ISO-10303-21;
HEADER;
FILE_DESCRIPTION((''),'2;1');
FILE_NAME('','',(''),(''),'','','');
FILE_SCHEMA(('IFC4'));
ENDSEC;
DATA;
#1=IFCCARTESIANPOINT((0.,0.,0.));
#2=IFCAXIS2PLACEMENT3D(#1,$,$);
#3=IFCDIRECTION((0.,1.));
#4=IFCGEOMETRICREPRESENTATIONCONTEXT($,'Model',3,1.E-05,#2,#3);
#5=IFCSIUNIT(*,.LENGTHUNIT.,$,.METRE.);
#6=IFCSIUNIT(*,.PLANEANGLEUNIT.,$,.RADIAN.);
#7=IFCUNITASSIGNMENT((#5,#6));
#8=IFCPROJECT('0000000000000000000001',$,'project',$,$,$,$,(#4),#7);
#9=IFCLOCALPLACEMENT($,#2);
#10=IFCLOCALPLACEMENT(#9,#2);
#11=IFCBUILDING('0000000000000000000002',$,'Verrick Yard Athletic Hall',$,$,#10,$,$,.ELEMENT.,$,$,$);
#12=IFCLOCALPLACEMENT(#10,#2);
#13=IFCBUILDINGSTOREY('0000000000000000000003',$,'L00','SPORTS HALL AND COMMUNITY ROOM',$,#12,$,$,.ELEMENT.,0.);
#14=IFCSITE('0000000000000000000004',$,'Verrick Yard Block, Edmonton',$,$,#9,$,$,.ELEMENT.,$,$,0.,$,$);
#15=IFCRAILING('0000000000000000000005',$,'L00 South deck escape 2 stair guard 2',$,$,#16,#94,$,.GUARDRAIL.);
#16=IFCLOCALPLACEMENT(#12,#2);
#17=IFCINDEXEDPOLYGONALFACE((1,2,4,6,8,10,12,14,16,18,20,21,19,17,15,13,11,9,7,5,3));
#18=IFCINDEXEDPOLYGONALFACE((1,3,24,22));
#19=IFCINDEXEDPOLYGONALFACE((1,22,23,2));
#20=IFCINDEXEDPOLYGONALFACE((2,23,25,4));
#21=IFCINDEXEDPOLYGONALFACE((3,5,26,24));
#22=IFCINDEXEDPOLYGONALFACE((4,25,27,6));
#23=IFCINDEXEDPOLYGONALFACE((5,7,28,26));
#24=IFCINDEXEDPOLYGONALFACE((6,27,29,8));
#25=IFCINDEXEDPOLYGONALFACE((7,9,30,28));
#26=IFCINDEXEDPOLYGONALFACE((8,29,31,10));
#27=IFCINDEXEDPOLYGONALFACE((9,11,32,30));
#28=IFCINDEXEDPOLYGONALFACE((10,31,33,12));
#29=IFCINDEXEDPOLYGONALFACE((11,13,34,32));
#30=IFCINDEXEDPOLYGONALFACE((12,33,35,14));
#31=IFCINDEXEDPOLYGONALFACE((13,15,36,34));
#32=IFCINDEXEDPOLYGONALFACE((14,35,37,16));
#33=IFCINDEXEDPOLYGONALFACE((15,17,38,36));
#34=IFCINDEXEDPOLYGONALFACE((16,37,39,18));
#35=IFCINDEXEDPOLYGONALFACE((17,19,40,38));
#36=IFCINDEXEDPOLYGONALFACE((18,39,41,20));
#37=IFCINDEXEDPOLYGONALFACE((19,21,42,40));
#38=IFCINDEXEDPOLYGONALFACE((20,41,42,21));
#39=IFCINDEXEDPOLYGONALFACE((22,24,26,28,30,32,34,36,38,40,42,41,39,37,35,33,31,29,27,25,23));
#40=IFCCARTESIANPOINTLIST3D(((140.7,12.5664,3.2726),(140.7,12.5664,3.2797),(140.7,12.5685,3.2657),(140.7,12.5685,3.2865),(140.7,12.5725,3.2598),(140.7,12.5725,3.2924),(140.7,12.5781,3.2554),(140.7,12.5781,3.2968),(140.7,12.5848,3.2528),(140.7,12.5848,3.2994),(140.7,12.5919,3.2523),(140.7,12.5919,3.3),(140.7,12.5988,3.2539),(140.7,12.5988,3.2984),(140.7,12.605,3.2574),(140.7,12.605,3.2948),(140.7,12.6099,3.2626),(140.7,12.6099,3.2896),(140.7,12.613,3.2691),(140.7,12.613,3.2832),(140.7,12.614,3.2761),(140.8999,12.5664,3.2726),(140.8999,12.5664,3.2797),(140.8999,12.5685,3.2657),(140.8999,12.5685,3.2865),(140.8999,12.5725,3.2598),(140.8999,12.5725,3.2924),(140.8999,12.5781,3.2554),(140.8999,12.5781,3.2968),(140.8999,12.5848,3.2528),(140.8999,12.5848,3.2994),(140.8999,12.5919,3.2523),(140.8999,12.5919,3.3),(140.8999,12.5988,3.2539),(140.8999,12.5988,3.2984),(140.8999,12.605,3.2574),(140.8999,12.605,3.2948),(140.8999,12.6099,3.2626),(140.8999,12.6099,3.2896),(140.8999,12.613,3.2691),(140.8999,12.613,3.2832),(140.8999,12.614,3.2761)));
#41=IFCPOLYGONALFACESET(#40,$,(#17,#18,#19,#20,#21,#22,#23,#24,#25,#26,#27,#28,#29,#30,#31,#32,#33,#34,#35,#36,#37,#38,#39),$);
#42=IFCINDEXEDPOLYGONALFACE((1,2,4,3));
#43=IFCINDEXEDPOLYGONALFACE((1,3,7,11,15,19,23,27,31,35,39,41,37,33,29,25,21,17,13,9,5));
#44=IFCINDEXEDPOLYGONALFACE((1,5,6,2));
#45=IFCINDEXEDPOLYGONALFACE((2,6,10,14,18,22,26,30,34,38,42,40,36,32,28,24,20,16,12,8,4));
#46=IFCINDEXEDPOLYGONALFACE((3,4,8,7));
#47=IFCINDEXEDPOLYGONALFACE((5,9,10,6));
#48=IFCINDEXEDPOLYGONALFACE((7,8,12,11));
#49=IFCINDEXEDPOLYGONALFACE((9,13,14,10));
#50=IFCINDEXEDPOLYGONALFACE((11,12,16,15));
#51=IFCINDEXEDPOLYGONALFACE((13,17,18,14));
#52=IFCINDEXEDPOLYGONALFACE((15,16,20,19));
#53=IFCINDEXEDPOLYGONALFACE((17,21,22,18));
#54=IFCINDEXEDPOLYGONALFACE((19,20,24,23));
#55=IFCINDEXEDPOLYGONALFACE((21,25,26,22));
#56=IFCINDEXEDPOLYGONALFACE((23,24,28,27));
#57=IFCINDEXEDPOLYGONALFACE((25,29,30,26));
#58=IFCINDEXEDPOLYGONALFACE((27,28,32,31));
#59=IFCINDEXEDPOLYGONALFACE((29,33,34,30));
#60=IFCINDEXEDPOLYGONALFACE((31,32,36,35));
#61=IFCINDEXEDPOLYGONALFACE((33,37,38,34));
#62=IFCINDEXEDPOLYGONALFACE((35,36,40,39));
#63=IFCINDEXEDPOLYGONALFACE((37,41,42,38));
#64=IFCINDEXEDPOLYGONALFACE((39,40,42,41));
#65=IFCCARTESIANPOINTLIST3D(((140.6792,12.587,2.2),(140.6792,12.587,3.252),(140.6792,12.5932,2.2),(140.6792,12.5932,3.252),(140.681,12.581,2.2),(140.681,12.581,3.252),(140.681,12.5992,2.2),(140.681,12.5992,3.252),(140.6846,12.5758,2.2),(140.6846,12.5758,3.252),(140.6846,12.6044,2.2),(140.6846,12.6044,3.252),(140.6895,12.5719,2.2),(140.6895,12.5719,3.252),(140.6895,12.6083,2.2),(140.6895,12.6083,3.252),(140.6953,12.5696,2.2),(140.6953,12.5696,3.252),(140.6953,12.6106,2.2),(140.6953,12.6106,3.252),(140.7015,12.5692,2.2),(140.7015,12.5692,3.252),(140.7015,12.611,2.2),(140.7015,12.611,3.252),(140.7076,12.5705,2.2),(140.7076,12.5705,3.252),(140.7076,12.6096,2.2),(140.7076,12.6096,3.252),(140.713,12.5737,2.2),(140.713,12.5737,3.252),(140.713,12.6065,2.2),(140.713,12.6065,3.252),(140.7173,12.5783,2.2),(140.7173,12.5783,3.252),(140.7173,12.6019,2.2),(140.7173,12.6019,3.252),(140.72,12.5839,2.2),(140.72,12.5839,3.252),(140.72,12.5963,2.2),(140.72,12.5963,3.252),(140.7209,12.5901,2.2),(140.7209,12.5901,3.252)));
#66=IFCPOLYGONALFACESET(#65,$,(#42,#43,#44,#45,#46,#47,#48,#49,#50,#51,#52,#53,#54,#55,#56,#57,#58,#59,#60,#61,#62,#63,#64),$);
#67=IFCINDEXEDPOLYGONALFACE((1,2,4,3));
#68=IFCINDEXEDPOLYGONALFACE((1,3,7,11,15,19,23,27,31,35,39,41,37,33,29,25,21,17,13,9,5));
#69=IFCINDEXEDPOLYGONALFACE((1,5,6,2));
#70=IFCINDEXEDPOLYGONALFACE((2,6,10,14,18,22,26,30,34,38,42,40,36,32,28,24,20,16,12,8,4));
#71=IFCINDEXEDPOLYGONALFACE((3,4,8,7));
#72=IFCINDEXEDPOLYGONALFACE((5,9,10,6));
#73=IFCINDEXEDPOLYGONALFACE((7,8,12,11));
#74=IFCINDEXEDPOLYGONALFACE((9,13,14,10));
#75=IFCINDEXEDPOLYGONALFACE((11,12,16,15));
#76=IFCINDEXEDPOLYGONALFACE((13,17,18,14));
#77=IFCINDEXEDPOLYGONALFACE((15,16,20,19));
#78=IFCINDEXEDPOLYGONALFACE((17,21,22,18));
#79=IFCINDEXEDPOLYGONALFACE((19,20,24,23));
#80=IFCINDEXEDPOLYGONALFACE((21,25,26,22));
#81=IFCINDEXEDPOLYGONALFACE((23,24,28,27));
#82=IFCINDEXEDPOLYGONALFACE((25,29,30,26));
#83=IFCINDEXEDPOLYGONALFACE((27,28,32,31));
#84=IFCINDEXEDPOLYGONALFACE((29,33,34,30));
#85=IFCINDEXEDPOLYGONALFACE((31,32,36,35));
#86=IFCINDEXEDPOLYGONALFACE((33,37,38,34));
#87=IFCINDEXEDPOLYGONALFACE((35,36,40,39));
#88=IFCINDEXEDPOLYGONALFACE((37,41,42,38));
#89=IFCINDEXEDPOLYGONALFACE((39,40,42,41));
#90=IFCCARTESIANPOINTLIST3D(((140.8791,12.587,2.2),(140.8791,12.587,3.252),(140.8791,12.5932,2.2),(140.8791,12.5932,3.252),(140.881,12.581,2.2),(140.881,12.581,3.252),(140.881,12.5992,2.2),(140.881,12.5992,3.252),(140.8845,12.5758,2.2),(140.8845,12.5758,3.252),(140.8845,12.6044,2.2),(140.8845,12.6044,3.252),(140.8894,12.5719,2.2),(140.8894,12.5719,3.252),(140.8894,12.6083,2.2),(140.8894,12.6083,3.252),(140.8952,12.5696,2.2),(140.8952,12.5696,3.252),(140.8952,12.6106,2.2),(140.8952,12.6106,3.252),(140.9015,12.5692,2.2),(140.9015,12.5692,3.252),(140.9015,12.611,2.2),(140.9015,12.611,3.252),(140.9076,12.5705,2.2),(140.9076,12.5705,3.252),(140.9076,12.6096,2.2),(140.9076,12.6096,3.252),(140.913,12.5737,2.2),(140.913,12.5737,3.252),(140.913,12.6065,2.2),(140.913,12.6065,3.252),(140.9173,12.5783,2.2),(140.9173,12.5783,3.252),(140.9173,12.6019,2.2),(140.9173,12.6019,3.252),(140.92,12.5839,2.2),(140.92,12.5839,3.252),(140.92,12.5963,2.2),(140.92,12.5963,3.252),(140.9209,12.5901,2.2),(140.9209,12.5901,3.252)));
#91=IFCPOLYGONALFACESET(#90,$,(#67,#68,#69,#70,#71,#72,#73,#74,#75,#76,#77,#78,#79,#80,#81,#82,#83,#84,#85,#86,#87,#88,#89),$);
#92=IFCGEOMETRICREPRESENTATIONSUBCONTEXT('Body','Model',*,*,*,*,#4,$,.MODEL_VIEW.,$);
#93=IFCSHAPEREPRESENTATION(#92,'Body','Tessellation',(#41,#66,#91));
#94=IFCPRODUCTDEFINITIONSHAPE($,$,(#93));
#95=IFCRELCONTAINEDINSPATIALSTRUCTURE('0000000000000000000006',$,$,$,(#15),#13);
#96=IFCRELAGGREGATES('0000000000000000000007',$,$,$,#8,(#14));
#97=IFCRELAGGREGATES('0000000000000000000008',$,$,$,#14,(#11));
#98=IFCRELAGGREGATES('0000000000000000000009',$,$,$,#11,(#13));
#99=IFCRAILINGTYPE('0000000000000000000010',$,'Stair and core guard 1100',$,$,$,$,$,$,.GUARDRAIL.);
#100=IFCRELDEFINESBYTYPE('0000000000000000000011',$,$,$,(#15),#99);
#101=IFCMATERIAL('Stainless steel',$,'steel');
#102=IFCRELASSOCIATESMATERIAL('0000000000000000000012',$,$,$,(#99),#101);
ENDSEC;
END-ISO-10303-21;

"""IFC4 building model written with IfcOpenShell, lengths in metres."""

from ifc_helpers import new_model, si_unit, direction, frame, origin, origin_2d, place, context, subcontext, project, spatial, circle, extrude, material, type_object, element, save


model = new_model("IFC4")

# Units and contexts
model_context = context("Model", 3, precision=1e-05, world=origin(), true_north=direction((0.0, 1.0)))
body_context = subcontext(model_context, "Body", "Model", "MODEL_VIEW")
ifc_project = project(units=[si_unit("LENGTHUNIT", "METRE"), si_unit("PLANEANGLEUNIT", "RADIAN")], contexts=[model_context])

# Site, building, storey
site_placement = place(None, origin())
site = spatial("IfcSite", under=ifc_project, at=site_placement, Name="Verrick Yard Block, Edmonton", CompositionType="ELEMENT", RefElevation=0.0)
building_placement = place(site_placement, origin())
building = spatial("IfcBuilding", under=site, at=building_placement, Name="Verrick Yard Athletic Hall", CompositionType="ELEMENT")
storey_placement = place(building_placement, origin())
storey = spatial("IfcBuildingStorey", under=building, at=storey_placement, Name="L00", Description="SPORTS HALL AND COMMUNITY ROOM", CompositionType="ELEMENT", Elevation=0.0)

# Railing
ifc_material_1 = material(Name="Stainless steel", Category="steel")
railing_type_1 = type_object("IfcRailingType", Name="Stair and core guard 1100", PredefinedType="GUARDRAIL", material=ifc_material_1)
railing_1_placement = place(storey_placement, frame((140.7, 12.5901, 2.2)))
element("IfcRailing", 1, at=railing_1_placement, inside=storey, type_object=railing_type_1, Name="L00 South deck escape 2 stair guard 2", PredefinedType="GUARDRAIL", context=body_context, shape_type="SweptSolid", body=[
    extrude(circle(Radius=0.0239, at=origin_2d()), frame((0.0, 0.0, 1.0762), z_axis=(1.0, 0.0, 0.0), x_axis=(0.0, 1.0, 0.0)), (0.0, 0.0, 1.0), 0.2),
    extrude(circle(Radius=0.021, at=origin_2d()), origin(), (0.0, 0.0, 1.0), 1.052),
    extrude(circle(Radius=0.021, at=origin_2d()), frame((0.2, 0.0, 0.0)), (0.0, 0.0, 1.0), 1.052),
])

save(model, "model.ifc")
